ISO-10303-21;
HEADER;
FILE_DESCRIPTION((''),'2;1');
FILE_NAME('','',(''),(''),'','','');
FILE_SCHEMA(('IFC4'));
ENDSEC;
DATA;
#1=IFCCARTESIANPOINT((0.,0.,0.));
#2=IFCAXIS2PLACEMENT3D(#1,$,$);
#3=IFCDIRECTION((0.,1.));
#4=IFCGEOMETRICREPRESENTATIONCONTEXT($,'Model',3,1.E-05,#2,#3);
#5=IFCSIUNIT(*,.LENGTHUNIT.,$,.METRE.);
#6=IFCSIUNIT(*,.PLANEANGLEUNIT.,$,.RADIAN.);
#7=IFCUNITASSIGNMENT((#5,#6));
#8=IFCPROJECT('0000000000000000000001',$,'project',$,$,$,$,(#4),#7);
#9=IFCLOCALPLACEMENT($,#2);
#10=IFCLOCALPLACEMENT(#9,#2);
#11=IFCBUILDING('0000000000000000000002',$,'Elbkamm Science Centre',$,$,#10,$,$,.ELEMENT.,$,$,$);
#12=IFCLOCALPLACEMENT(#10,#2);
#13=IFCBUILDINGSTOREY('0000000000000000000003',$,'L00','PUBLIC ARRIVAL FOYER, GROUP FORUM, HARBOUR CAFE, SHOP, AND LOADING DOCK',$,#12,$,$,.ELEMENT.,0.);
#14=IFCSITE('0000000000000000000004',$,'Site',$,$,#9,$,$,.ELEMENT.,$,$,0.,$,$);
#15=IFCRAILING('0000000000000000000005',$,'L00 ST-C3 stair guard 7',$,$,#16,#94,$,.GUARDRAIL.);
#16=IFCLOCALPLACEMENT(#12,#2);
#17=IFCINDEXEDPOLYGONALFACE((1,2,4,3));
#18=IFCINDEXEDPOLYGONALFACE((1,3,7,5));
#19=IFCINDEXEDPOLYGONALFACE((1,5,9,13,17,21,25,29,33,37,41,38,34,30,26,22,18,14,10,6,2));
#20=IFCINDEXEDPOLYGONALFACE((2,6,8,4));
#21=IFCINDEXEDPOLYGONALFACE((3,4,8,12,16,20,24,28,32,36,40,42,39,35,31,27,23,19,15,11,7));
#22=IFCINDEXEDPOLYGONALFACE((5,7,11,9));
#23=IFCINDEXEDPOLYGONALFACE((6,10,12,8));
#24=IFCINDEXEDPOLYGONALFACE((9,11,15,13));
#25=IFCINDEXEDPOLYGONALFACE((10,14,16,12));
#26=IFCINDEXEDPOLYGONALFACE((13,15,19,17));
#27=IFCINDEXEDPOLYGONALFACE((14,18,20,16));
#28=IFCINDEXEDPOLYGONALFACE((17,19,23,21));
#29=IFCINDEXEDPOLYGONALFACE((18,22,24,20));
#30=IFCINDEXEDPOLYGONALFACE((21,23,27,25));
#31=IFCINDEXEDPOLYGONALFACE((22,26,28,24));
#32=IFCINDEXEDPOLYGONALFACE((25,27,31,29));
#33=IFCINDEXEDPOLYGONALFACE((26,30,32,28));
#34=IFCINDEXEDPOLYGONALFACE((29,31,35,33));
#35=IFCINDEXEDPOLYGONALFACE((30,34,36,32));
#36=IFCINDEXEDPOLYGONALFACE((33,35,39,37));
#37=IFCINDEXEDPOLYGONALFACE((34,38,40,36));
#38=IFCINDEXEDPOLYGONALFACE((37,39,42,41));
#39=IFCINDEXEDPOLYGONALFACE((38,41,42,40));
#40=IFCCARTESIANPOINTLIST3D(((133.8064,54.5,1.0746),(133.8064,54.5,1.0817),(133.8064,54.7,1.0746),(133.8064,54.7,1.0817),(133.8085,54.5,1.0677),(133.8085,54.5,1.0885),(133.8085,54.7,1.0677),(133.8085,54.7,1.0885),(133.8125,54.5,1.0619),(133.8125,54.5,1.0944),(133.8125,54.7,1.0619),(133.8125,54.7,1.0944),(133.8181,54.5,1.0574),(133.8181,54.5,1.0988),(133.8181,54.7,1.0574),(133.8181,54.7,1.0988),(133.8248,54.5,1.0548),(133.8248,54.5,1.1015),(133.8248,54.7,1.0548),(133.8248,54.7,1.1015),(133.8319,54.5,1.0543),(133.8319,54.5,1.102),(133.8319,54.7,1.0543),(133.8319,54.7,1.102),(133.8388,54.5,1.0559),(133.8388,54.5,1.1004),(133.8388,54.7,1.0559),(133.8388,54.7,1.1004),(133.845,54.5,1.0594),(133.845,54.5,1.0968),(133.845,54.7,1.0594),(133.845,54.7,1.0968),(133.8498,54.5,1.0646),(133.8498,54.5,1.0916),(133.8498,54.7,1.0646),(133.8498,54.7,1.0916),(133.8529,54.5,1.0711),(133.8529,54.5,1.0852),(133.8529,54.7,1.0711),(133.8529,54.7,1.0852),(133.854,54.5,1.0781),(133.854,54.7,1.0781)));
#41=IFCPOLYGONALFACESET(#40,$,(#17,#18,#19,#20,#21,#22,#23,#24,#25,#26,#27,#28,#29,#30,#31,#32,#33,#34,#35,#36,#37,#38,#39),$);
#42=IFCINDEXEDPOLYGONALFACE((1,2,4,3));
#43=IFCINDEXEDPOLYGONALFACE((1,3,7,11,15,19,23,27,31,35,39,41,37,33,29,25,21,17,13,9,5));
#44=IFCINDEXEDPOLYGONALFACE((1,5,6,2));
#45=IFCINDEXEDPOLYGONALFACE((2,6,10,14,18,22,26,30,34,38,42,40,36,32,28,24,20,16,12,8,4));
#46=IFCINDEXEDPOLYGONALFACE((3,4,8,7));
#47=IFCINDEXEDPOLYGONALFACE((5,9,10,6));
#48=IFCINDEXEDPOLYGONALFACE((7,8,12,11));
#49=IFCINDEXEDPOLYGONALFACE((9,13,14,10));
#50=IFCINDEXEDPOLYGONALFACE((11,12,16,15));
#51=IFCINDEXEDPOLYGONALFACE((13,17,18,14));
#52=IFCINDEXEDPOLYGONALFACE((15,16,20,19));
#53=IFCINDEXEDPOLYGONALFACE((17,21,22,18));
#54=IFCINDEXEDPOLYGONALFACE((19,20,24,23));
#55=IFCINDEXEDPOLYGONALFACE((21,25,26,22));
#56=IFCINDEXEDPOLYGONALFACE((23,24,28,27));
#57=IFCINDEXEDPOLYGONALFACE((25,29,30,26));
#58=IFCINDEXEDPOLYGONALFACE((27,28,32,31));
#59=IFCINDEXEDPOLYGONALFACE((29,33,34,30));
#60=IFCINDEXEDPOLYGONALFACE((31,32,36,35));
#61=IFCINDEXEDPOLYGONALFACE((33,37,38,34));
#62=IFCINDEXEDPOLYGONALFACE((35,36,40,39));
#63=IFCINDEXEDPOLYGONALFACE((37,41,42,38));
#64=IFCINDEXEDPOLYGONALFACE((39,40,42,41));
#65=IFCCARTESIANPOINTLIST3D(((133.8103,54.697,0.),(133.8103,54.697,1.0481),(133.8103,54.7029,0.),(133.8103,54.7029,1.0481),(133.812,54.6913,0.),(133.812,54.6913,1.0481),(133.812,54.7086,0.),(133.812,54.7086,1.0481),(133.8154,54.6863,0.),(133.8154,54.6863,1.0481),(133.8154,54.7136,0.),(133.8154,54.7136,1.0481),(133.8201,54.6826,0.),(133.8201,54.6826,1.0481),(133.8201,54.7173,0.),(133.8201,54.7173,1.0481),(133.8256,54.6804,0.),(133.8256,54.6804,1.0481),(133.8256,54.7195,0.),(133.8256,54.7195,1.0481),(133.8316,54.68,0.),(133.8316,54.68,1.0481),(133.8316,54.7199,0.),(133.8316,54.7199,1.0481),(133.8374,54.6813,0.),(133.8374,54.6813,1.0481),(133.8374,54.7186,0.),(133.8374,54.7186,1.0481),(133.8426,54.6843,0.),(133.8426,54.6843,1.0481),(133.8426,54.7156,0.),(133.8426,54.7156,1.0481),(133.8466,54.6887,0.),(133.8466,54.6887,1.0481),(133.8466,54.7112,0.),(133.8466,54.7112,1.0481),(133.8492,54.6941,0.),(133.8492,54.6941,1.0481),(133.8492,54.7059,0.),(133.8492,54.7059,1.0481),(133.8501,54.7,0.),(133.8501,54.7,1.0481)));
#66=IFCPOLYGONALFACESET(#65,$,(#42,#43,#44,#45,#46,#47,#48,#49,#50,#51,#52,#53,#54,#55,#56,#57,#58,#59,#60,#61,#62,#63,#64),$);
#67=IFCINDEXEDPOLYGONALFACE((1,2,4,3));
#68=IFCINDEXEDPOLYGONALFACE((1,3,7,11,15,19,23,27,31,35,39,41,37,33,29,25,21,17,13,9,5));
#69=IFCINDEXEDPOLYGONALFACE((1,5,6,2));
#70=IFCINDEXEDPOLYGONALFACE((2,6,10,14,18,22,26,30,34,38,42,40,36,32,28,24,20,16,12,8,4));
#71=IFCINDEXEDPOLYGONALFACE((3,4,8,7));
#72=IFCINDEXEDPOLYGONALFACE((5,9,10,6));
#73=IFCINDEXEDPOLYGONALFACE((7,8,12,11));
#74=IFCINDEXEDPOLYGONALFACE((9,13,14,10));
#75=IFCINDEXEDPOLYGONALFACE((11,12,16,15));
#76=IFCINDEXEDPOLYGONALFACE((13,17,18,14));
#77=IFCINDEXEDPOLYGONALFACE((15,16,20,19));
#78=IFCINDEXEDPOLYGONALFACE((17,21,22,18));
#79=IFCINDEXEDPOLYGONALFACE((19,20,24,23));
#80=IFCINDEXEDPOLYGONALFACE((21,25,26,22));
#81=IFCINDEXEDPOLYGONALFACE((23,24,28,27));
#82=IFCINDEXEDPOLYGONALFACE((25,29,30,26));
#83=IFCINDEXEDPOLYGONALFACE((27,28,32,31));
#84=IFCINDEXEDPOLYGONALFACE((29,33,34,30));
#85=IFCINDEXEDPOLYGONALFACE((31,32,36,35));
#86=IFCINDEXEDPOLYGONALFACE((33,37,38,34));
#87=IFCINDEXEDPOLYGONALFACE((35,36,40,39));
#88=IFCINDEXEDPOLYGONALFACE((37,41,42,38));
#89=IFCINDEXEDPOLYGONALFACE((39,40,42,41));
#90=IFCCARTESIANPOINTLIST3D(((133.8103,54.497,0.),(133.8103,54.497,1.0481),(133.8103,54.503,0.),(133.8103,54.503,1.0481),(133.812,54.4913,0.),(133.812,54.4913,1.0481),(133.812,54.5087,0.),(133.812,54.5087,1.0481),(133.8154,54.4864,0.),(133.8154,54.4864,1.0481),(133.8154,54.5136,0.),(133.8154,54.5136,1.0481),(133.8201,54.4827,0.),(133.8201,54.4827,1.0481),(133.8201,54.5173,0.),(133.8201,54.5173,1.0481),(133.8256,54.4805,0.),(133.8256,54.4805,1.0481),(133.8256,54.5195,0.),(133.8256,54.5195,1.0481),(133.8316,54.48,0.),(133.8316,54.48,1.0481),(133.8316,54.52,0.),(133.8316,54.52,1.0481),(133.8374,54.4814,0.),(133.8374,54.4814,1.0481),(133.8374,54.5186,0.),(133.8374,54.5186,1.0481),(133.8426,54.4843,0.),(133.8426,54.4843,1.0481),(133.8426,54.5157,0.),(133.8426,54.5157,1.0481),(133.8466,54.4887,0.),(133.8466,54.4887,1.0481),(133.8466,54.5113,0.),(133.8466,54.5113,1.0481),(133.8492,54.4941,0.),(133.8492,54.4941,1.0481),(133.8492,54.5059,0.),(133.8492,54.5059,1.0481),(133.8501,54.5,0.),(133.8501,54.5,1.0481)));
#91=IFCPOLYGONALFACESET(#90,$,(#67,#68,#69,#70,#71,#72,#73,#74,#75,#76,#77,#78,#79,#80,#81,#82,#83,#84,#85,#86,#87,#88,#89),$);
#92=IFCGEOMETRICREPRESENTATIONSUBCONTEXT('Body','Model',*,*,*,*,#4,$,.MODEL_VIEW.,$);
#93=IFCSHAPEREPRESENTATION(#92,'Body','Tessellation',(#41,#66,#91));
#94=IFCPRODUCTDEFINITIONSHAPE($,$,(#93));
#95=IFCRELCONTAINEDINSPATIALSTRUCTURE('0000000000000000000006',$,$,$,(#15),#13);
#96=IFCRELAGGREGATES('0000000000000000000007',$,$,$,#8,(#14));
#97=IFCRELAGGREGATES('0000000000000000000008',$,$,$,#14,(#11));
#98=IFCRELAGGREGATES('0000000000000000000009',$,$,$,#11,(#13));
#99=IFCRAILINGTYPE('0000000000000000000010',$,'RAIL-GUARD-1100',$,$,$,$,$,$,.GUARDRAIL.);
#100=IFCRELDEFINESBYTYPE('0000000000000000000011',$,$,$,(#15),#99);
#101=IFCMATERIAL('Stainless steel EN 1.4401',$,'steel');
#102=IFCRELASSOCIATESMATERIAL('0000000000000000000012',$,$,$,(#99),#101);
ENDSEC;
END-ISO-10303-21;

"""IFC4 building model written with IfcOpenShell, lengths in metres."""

from ifc_helpers import new_model, si_unit, direction, frame, origin, origin_2d, place, context, subcontext, project, spatial, circle, extrude, material, type_object, element, save


model = new_model("IFC4")

# Units and contexts
model_context = context("Model", 3, precision=1e-05, world=origin(), true_north=direction((0.0, 1.0)))
body_context = subcontext(model_context, "Body", "Model", "MODEL_VIEW")
ifc_project = project(units=[si_unit("LENGTHUNIT", "METRE"), si_unit("PLANEANGLEUNIT", "RADIAN")], contexts=[model_context])

# Site, building, storey
site_placement = place(None, origin())
site = spatial("IfcSite", under=ifc_project, at=site_placement, Name="Site", CompositionType="ELEMENT", RefElevation=0.0)
building_placement = place(site_placement, origin())
building = spatial("IfcBuilding", under=site, at=building_placement, Name="Elbkamm Science Centre", CompositionType="ELEMENT")
storey_placement = place(building_placement, origin())
storey = spatial("IfcBuildingStorey", under=building, at=storey_placement, Name="L00", Description="PUBLIC ARRIVAL FOYER, GROUP FORUM, HARBOUR CAFE, SHOP, AND LOADING DOCK", CompositionType="ELEMENT", Elevation=0.0)

# Railing
ifc_material_1 = material(Name="Stainless steel EN 1.4401", Category="steel")
railing_type_1 = type_object("IfcRailingType", Name="RAIL-GUARD-1100", PredefinedType="GUARDRAIL", material=ifc_material_1)
railing_1_placement = place(storey_placement, frame((133.8301, 54.7, 0.0)))
element("IfcRailing", 1, at=railing_1_placement, inside=storey, type_object=railing_type_1, Name="L00 ST-C3 stair guard 7", PredefinedType="GUARDRAIL", context=body_context, shape_type="SweptSolid", body=[
    extrude(circle(Radius=0.0239, at=origin_2d()), frame((0.0, 0.0, 1.0781), z_axis=(0.0, -1.0, 0.0), x_axis=(1.0, 0.0, 0.0)), (0.0, 0.0, 1.0), 0.2),
    extrude(circle(Radius=0.02, at=origin_2d()), origin(), (0.0, 0.0, 1.0), 1.0481),
    extrude(circle(Radius=0.02, at=origin_2d()), frame((0.0, -0.2, 0.0)), (0.0, 0.0, 1.0), 1.0481),
])

save(model, "model.ifc")
